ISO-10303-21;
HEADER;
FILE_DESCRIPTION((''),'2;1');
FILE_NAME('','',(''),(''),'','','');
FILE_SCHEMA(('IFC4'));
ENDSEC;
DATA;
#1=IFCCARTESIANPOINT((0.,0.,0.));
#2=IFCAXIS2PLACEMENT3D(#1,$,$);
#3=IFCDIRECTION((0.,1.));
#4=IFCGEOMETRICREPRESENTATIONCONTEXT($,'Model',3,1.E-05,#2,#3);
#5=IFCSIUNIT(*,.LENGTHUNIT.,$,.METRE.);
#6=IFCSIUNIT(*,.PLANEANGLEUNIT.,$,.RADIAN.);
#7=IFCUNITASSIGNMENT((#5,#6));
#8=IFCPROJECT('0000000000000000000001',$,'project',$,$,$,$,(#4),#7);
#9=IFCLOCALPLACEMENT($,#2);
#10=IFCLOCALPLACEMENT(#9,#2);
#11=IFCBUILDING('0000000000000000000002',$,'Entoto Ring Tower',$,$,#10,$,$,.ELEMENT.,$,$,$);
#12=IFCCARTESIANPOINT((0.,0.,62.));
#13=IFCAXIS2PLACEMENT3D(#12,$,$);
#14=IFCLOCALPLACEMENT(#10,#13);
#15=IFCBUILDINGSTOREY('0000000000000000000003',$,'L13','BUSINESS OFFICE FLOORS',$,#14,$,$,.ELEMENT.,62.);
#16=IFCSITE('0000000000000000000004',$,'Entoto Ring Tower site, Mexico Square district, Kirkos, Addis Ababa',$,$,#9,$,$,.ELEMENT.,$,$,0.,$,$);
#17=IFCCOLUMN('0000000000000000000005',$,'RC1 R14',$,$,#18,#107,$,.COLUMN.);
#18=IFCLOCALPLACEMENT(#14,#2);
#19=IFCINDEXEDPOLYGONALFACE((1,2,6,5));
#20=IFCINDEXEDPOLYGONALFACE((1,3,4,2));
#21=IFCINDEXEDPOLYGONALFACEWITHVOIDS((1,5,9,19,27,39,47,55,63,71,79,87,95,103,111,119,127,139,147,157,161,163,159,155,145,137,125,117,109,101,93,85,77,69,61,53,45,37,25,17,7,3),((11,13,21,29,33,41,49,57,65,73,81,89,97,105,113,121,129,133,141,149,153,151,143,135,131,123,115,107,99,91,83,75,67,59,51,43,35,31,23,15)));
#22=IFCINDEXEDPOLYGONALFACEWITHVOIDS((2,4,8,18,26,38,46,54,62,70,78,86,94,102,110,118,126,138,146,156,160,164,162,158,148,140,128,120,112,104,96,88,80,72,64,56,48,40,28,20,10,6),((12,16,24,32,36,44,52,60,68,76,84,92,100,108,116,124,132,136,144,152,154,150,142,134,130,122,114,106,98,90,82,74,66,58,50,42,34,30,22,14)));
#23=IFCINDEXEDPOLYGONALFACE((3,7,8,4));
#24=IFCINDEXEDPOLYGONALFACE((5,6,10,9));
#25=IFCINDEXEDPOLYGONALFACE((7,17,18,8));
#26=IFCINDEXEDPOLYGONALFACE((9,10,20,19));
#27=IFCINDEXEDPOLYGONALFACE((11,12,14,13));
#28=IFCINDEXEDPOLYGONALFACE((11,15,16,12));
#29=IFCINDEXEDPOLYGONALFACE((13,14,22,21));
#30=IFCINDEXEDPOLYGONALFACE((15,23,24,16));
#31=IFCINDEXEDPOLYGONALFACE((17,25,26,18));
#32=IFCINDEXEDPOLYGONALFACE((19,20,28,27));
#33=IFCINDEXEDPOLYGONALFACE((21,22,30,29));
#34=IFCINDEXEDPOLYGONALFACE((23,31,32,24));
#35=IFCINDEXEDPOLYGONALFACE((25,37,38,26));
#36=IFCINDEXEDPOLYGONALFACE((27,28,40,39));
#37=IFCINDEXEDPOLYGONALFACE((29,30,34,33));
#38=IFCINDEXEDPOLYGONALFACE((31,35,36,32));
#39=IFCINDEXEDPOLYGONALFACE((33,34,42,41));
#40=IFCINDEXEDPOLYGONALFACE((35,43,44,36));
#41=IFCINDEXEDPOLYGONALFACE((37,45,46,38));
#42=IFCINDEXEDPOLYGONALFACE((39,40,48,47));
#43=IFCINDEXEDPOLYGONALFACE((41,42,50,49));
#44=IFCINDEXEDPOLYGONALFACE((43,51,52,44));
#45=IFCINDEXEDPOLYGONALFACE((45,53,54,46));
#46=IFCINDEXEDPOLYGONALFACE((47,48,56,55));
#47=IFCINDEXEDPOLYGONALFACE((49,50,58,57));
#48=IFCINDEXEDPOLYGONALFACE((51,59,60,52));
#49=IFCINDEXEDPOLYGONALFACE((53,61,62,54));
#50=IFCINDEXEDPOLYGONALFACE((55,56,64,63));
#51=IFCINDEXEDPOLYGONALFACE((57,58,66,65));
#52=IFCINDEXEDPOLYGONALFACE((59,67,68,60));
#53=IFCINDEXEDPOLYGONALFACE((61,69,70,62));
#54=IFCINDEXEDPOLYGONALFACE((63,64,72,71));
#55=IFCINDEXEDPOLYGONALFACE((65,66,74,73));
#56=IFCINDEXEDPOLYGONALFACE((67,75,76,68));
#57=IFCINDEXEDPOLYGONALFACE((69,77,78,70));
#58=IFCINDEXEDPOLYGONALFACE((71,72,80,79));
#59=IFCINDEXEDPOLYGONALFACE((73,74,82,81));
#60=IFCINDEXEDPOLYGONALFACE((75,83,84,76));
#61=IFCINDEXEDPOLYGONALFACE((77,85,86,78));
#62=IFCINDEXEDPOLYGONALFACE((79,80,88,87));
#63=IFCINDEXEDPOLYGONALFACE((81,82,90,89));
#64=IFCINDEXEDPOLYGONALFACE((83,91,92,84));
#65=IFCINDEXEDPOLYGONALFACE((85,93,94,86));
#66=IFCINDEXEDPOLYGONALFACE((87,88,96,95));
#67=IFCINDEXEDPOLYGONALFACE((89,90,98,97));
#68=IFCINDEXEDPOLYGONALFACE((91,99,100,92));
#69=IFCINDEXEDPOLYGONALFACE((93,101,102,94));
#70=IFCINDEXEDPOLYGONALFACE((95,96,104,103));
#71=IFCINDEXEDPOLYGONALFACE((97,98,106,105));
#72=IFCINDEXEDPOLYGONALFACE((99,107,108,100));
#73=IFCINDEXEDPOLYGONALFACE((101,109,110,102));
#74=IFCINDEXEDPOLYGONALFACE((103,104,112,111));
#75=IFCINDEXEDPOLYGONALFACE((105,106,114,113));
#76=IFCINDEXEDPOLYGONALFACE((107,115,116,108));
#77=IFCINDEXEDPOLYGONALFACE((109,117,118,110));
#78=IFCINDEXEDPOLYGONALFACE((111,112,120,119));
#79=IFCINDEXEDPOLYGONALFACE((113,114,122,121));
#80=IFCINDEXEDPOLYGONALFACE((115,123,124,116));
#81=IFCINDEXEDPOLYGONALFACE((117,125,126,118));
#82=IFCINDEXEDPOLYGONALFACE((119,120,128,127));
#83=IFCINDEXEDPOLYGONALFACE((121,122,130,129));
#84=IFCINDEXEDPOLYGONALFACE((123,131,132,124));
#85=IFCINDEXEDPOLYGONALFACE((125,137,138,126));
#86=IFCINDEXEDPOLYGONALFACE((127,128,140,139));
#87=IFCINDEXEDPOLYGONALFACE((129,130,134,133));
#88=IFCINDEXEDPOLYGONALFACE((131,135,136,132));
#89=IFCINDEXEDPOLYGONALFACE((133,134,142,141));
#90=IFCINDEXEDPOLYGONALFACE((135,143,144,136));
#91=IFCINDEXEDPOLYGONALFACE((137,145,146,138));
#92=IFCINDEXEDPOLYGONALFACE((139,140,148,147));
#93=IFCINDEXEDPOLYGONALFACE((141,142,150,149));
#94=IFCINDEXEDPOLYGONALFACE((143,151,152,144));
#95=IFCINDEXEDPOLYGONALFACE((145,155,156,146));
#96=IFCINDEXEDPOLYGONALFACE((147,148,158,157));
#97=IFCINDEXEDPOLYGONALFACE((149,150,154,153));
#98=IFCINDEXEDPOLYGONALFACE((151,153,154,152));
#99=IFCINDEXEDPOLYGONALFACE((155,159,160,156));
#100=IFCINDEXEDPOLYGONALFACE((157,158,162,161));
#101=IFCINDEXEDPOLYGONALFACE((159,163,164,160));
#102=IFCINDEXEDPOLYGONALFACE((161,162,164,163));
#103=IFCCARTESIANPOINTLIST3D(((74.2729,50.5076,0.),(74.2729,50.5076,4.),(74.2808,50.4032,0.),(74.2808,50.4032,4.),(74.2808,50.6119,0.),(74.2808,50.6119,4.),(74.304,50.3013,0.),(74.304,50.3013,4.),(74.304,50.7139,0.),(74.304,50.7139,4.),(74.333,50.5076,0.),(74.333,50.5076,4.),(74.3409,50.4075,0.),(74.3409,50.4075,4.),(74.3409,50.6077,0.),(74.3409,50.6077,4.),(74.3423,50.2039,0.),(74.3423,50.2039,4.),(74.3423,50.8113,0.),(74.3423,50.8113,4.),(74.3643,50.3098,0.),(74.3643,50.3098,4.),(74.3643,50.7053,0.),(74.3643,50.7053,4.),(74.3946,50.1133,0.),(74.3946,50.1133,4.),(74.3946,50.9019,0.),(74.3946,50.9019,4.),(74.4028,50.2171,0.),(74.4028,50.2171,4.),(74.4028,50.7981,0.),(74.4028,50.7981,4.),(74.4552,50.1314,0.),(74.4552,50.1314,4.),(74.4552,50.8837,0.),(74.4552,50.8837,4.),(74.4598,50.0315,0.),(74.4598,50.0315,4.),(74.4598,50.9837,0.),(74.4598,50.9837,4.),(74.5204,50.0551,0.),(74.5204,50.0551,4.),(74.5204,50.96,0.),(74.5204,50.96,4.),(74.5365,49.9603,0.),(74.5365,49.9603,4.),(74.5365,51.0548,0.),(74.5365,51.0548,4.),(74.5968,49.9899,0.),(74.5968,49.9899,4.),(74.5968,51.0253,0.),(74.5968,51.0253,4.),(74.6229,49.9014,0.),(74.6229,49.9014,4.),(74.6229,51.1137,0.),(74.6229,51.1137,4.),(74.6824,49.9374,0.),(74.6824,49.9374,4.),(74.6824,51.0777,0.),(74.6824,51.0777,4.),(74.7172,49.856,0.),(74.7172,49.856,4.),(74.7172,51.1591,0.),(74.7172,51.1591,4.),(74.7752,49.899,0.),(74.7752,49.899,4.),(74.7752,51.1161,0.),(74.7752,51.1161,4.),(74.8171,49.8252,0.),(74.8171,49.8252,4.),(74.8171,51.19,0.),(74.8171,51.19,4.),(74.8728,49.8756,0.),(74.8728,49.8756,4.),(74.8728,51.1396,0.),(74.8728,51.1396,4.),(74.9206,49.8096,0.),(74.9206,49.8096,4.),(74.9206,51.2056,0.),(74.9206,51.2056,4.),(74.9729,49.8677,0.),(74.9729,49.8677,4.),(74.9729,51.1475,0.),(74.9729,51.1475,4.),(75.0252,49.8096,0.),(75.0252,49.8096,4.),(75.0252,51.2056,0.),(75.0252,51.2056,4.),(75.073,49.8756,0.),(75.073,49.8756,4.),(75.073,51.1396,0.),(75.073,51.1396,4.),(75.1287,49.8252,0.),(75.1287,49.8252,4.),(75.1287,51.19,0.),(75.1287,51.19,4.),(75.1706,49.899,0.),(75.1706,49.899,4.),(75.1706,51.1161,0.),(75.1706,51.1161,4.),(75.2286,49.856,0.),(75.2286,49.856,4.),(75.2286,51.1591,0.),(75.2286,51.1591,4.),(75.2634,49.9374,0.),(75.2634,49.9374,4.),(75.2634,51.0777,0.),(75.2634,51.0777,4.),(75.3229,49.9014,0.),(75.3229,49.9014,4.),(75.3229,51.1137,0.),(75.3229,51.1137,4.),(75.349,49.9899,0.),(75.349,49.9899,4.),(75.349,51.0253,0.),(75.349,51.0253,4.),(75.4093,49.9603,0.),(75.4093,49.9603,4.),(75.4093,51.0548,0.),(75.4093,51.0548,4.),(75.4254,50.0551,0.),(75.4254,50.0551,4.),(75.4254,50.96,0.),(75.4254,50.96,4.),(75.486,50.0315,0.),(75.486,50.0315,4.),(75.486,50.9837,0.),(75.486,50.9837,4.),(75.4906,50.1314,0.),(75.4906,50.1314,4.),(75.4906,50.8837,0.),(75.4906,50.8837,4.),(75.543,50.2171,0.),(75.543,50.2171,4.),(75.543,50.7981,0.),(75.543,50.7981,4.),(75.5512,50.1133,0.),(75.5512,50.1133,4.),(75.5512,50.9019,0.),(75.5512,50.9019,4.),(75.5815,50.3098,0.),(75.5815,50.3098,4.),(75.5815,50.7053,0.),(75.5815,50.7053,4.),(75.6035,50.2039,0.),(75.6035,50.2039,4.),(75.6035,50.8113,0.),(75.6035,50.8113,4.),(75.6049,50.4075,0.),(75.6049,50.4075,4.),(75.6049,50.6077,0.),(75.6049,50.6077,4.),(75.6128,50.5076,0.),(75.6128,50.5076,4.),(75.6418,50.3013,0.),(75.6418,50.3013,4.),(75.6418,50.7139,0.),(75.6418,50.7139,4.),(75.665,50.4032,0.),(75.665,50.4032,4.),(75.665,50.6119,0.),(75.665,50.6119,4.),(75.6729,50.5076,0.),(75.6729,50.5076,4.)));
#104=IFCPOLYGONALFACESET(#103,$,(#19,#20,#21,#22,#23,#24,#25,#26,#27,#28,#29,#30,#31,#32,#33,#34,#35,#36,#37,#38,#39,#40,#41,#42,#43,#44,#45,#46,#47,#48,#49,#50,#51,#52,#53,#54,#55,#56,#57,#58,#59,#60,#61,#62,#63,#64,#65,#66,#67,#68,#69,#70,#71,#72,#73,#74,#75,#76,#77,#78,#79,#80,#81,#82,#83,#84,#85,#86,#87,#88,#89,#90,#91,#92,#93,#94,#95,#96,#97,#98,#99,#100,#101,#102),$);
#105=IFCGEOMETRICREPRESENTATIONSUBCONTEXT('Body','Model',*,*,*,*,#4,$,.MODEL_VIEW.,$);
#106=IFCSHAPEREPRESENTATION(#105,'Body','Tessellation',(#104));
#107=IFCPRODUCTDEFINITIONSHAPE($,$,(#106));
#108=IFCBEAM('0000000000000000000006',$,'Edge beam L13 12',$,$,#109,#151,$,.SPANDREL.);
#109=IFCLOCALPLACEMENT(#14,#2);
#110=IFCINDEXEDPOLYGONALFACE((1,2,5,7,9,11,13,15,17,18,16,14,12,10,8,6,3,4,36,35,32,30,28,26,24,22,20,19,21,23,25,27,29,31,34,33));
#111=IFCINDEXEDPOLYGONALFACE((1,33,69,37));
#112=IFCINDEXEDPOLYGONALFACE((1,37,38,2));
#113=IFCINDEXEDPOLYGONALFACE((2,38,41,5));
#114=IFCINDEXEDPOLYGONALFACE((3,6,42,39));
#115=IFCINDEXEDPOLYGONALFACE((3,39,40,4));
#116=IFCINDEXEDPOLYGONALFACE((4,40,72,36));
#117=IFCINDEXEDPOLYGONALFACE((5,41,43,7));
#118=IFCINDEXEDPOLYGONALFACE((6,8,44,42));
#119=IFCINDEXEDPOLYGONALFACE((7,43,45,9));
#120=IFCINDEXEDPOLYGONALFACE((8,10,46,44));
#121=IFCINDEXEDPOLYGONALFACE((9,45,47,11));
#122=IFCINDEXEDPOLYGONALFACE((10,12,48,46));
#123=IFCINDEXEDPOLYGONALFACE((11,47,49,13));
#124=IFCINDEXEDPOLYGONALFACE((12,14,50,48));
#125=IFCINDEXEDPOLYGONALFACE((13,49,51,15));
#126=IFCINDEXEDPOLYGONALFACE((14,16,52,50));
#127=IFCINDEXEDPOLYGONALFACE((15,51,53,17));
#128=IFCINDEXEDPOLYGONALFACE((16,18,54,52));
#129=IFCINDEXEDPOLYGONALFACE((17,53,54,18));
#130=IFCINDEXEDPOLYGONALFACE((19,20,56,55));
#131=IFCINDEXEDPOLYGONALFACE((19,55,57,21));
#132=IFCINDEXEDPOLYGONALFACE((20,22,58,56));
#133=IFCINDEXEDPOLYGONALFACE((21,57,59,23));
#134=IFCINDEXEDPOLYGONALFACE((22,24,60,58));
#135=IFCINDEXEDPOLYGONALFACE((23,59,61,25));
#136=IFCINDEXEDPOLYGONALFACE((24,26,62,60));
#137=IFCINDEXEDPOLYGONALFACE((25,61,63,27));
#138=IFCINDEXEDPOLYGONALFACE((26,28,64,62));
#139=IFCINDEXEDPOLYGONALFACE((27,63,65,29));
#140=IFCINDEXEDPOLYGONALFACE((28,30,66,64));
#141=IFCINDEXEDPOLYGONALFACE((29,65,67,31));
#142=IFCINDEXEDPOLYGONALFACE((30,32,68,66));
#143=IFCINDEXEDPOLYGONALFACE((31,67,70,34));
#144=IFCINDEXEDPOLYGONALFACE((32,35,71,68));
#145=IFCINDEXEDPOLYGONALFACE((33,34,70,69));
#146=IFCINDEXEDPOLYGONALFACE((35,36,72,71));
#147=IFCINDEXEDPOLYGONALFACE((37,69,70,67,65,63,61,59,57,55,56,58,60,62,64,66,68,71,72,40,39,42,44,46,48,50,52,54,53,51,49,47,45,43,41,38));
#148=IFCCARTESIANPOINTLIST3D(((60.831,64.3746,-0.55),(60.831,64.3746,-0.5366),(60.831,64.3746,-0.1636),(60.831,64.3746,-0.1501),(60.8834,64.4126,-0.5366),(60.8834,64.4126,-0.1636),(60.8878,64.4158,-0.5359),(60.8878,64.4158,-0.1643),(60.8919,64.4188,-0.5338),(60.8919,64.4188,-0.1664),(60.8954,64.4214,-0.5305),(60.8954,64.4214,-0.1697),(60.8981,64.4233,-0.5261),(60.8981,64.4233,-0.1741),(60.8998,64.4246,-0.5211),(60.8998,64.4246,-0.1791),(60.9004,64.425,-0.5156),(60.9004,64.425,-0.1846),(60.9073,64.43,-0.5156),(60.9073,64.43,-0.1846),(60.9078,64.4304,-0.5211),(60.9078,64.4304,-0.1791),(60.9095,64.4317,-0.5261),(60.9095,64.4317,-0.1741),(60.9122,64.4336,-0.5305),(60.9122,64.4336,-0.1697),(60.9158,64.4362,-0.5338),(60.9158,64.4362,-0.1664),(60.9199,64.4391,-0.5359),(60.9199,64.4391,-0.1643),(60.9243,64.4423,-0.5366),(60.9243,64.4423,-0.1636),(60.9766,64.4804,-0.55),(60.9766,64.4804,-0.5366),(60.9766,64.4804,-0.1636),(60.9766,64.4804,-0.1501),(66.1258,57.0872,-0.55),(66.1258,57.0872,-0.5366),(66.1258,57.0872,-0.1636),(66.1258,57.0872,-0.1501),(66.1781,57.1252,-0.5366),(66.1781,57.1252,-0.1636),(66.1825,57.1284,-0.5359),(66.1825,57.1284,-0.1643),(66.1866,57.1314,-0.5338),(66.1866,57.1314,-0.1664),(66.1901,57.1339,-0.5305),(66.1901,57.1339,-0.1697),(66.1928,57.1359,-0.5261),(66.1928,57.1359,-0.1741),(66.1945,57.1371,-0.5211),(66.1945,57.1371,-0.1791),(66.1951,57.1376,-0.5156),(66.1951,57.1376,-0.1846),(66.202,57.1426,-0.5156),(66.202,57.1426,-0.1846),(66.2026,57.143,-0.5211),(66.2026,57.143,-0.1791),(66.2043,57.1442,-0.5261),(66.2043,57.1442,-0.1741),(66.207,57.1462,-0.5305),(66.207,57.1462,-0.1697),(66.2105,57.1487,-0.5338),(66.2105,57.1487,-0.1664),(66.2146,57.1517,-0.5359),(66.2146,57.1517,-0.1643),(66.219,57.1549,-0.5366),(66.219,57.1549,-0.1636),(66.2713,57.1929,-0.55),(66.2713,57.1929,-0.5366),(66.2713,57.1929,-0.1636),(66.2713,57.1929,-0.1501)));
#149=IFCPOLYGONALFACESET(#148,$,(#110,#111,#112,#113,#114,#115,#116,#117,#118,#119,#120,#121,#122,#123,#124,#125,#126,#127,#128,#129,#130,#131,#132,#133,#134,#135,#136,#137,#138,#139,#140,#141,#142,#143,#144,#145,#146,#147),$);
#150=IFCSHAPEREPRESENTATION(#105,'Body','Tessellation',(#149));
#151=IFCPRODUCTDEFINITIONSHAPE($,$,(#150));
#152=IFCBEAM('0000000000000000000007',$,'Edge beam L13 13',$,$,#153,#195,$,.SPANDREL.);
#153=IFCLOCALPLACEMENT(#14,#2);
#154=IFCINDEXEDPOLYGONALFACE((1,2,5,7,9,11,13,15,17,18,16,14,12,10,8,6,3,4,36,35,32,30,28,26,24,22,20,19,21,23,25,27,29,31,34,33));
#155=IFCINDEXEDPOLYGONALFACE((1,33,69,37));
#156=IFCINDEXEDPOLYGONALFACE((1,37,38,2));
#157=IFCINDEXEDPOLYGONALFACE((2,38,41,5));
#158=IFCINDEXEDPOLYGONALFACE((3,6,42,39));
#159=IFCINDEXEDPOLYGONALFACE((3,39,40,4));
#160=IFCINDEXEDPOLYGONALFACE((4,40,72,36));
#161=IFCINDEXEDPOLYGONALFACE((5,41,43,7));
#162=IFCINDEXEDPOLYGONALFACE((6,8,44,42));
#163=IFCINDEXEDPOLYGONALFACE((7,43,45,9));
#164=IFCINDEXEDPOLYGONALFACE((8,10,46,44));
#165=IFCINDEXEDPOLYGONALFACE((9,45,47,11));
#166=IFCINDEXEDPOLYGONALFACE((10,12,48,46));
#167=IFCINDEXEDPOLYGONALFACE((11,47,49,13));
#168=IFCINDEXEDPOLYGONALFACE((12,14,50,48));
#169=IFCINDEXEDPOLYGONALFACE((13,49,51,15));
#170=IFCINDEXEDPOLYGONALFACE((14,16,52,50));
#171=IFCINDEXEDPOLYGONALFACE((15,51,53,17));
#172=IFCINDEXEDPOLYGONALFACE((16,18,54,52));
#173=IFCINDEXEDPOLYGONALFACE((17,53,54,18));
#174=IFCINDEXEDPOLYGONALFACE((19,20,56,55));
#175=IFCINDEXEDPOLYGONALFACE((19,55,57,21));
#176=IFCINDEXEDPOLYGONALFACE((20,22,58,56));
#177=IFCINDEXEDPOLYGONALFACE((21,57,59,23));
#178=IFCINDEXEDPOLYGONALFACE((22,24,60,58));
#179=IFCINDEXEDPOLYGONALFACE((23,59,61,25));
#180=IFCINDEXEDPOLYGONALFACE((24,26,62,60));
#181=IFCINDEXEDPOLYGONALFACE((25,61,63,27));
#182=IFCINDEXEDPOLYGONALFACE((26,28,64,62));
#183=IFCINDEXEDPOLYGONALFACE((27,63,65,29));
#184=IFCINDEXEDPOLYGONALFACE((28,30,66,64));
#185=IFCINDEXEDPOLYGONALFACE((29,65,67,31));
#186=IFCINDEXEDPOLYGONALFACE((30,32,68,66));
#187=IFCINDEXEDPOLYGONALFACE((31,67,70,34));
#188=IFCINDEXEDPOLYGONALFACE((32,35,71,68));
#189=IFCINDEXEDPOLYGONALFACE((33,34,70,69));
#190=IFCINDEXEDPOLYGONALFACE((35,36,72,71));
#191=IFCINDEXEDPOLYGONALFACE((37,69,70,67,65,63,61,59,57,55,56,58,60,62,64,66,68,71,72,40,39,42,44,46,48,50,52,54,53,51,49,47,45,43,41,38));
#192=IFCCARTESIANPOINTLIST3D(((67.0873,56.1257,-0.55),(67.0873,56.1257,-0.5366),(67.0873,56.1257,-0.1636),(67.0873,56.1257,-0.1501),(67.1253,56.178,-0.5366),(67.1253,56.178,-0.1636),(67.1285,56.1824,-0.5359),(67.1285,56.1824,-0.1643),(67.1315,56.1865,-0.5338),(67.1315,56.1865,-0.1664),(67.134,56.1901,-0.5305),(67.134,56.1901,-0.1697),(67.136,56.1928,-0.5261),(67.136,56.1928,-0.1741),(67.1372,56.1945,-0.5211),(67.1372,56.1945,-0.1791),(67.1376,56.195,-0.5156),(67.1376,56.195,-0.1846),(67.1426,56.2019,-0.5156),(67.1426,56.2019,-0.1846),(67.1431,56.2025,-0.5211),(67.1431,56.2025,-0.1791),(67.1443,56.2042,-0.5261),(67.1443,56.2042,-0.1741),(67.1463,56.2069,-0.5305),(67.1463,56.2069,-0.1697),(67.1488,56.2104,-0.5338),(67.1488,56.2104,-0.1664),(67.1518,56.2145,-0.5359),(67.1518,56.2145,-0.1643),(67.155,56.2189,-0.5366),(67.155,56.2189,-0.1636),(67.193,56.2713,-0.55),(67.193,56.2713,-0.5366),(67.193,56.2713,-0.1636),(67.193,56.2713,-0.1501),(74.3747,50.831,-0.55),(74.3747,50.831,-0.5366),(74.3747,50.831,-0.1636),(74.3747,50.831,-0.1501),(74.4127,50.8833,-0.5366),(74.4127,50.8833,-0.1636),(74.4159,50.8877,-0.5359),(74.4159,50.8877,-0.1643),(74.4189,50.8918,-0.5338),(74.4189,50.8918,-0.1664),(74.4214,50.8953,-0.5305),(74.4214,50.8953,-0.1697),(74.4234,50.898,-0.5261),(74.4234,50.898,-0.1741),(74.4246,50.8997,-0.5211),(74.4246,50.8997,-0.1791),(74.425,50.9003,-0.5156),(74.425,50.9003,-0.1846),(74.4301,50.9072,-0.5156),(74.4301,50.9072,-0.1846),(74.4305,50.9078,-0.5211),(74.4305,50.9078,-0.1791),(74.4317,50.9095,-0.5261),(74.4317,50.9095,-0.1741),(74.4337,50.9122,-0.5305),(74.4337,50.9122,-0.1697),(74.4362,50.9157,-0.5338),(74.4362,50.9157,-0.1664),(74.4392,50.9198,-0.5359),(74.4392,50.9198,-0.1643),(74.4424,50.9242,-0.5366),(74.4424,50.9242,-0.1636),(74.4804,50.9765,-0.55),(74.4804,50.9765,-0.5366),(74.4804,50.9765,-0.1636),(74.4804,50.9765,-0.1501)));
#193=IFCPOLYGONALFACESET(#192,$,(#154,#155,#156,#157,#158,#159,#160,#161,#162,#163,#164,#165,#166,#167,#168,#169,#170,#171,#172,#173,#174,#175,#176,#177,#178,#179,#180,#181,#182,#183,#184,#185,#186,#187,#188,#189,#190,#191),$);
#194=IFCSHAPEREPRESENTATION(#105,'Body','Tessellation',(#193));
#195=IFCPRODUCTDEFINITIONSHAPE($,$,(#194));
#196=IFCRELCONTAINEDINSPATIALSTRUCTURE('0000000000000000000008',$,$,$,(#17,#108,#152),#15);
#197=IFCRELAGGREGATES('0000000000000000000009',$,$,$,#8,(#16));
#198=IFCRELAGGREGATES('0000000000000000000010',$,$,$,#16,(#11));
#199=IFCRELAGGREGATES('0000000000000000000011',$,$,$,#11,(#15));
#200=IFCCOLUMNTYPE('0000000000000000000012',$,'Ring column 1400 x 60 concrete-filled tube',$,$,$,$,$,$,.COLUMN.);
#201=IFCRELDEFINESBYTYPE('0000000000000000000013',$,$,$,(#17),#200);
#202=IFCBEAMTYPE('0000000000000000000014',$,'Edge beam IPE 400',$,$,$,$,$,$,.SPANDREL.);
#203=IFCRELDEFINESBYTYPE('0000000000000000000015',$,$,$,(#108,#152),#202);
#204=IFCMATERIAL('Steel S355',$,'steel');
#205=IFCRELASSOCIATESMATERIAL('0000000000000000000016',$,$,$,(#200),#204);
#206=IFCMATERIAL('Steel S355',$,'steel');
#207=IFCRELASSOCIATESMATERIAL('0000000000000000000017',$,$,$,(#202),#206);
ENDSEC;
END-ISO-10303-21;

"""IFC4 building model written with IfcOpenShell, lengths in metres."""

from ifc_helpers import new_model, si_unit, direction, frame, origin, origin_2d, place, context, subcontext, project, spatial, circle, hollow_circle, i_section, extrude, material, material_profile, profile_set, type_object, element, save


model = new_model("IFC4")

# Units and contexts
model_context = context("Model", 3, precision=1e-05, world=origin(), true_north=direction((0.0, 1.0)))
body_context = subcontext(model_context, "Body", "Model", "MODEL_VIEW")
ifc_project = project(units=[si_unit("LENGTHUNIT", "METRE"), si_unit("PLANEANGLEUNIT", "RADIAN")], contexts=[model_context])

# Site, building, storey
site_placement = place(None, origin())
site = spatial("IfcSite", under=ifc_project, at=site_placement, Name="Entoto Ring Tower site, Mexico Square district, Kirkos, Addis Ababa", CompositionType="ELEMENT", RefElevation=0.0)
building_placement = place(site_placement, origin())
building = spatial("IfcBuilding", under=site, at=building_placement, Name="Entoto Ring Tower", CompositionType="ELEMENT")
storey_placement = place(building_placement, frame((0.0, 0.0, 62.0)))
storey = spatial("IfcBuildingStorey", under=building, at=storey_placement, Name="L13", Description="BUSINESS OFFICE FLOORS", CompositionType="ELEMENT", Elevation=62.0)

# Column
ifc_material_1 = material(Name="Steel S355", Category="steel")
ifc_material_profile_1 = material_profile(ifc_material_1, hollow_circle(Radius=0.7, WallThickness=0.0601, at=origin_2d()), Name="CHS 1400 x 60")
ifc_material_2 = material(Name="Concrete C60/75", Category="concrete")
ifc_material_profile_2 = material_profile(ifc_material_2, circle(Radius=0.6399, at=origin_2d()), Name="Concrete C60/75 infill")
ifc_profile_set_1 = profile_set([ifc_material_profile_1, ifc_material_profile_2], Name="Steel S355")
column_type = type_object("IfcColumnType", Name="Ring column 1400 x 60 concrete-filled tube", PredefinedType="COLUMN", material=ifc_profile_set_1)
for number, where, z_axis, x_axis, name in (
    (1, (74.9729, 50.5076, 0.0), (0.0, 0.0, 1.0), (1.0, 0.0, 0.0), "RC1 R14"),
):
    element("IfcColumn", number, at=place(storey_placement, frame(where, z_axis=z_axis, x_axis=x_axis)), inside=storey, type_object=column_type, Name=name, PredefinedType="COLUMN", context=body_context, shape_type="SweptSolid", body=[
        extrude(hollow_circle(Radius=0.7, WallThickness=0.0601, at=origin_2d()), origin(), (0.0, 0.0, 1.0), 4.0),
    ])

# Beams
ifc_material_3 = material(Name="Steel S355", Category="steel")
ifc_material_profile_3 = material_profile(ifc_material_3, i_section(OverallWidth=0.1799, OverallDepth=0.3999, WebThickness=0.0085, FlangeThickness=0.0134, FilletRadius=0.021, at=origin_2d()), Name="IPE 400")
ifc_profile_set_2 = profile_set([ifc_material_profile_3], Name="Steel S355")
beam_type_1 = type_object("IfcBeamType", Name="Edge beam IPE 400", PredefinedType="SPANDREL", material=ifc_profile_set_2)
for number, where, z_axis, x_axis, name in (
    (2, (60.9038, 64.4275, -0.3501), (0.587793, -0.809011, 0.0), (0.809011, 0.587793, 0.0), "Edge beam L13 12"),
    (3, (67.1401, 56.1985, -0.3501), (0.809011, -0.587793, 0.0), (0.587793, 0.809011, 0.0), "Edge beam L13 13"),
):
    element("IfcBeam", number, at=place(storey_placement, frame(where, z_axis=z_axis, x_axis=x_axis)), inside=storey, type_object=beam_type_1, Name=name, PredefinedType="SPANDREL", context=body_context, shape_type="SweptSolid", body=[
        extrude(i_section(OverallWidth=0.1799, OverallDepth=0.3999, WebThickness=0.0085, FlangeThickness=0.0134, FilletRadius=0.021, at=origin_2d()), origin(), (0.0, 0.0, 1.0), 9.0078),
    ])

save(model, "model.ifc")
